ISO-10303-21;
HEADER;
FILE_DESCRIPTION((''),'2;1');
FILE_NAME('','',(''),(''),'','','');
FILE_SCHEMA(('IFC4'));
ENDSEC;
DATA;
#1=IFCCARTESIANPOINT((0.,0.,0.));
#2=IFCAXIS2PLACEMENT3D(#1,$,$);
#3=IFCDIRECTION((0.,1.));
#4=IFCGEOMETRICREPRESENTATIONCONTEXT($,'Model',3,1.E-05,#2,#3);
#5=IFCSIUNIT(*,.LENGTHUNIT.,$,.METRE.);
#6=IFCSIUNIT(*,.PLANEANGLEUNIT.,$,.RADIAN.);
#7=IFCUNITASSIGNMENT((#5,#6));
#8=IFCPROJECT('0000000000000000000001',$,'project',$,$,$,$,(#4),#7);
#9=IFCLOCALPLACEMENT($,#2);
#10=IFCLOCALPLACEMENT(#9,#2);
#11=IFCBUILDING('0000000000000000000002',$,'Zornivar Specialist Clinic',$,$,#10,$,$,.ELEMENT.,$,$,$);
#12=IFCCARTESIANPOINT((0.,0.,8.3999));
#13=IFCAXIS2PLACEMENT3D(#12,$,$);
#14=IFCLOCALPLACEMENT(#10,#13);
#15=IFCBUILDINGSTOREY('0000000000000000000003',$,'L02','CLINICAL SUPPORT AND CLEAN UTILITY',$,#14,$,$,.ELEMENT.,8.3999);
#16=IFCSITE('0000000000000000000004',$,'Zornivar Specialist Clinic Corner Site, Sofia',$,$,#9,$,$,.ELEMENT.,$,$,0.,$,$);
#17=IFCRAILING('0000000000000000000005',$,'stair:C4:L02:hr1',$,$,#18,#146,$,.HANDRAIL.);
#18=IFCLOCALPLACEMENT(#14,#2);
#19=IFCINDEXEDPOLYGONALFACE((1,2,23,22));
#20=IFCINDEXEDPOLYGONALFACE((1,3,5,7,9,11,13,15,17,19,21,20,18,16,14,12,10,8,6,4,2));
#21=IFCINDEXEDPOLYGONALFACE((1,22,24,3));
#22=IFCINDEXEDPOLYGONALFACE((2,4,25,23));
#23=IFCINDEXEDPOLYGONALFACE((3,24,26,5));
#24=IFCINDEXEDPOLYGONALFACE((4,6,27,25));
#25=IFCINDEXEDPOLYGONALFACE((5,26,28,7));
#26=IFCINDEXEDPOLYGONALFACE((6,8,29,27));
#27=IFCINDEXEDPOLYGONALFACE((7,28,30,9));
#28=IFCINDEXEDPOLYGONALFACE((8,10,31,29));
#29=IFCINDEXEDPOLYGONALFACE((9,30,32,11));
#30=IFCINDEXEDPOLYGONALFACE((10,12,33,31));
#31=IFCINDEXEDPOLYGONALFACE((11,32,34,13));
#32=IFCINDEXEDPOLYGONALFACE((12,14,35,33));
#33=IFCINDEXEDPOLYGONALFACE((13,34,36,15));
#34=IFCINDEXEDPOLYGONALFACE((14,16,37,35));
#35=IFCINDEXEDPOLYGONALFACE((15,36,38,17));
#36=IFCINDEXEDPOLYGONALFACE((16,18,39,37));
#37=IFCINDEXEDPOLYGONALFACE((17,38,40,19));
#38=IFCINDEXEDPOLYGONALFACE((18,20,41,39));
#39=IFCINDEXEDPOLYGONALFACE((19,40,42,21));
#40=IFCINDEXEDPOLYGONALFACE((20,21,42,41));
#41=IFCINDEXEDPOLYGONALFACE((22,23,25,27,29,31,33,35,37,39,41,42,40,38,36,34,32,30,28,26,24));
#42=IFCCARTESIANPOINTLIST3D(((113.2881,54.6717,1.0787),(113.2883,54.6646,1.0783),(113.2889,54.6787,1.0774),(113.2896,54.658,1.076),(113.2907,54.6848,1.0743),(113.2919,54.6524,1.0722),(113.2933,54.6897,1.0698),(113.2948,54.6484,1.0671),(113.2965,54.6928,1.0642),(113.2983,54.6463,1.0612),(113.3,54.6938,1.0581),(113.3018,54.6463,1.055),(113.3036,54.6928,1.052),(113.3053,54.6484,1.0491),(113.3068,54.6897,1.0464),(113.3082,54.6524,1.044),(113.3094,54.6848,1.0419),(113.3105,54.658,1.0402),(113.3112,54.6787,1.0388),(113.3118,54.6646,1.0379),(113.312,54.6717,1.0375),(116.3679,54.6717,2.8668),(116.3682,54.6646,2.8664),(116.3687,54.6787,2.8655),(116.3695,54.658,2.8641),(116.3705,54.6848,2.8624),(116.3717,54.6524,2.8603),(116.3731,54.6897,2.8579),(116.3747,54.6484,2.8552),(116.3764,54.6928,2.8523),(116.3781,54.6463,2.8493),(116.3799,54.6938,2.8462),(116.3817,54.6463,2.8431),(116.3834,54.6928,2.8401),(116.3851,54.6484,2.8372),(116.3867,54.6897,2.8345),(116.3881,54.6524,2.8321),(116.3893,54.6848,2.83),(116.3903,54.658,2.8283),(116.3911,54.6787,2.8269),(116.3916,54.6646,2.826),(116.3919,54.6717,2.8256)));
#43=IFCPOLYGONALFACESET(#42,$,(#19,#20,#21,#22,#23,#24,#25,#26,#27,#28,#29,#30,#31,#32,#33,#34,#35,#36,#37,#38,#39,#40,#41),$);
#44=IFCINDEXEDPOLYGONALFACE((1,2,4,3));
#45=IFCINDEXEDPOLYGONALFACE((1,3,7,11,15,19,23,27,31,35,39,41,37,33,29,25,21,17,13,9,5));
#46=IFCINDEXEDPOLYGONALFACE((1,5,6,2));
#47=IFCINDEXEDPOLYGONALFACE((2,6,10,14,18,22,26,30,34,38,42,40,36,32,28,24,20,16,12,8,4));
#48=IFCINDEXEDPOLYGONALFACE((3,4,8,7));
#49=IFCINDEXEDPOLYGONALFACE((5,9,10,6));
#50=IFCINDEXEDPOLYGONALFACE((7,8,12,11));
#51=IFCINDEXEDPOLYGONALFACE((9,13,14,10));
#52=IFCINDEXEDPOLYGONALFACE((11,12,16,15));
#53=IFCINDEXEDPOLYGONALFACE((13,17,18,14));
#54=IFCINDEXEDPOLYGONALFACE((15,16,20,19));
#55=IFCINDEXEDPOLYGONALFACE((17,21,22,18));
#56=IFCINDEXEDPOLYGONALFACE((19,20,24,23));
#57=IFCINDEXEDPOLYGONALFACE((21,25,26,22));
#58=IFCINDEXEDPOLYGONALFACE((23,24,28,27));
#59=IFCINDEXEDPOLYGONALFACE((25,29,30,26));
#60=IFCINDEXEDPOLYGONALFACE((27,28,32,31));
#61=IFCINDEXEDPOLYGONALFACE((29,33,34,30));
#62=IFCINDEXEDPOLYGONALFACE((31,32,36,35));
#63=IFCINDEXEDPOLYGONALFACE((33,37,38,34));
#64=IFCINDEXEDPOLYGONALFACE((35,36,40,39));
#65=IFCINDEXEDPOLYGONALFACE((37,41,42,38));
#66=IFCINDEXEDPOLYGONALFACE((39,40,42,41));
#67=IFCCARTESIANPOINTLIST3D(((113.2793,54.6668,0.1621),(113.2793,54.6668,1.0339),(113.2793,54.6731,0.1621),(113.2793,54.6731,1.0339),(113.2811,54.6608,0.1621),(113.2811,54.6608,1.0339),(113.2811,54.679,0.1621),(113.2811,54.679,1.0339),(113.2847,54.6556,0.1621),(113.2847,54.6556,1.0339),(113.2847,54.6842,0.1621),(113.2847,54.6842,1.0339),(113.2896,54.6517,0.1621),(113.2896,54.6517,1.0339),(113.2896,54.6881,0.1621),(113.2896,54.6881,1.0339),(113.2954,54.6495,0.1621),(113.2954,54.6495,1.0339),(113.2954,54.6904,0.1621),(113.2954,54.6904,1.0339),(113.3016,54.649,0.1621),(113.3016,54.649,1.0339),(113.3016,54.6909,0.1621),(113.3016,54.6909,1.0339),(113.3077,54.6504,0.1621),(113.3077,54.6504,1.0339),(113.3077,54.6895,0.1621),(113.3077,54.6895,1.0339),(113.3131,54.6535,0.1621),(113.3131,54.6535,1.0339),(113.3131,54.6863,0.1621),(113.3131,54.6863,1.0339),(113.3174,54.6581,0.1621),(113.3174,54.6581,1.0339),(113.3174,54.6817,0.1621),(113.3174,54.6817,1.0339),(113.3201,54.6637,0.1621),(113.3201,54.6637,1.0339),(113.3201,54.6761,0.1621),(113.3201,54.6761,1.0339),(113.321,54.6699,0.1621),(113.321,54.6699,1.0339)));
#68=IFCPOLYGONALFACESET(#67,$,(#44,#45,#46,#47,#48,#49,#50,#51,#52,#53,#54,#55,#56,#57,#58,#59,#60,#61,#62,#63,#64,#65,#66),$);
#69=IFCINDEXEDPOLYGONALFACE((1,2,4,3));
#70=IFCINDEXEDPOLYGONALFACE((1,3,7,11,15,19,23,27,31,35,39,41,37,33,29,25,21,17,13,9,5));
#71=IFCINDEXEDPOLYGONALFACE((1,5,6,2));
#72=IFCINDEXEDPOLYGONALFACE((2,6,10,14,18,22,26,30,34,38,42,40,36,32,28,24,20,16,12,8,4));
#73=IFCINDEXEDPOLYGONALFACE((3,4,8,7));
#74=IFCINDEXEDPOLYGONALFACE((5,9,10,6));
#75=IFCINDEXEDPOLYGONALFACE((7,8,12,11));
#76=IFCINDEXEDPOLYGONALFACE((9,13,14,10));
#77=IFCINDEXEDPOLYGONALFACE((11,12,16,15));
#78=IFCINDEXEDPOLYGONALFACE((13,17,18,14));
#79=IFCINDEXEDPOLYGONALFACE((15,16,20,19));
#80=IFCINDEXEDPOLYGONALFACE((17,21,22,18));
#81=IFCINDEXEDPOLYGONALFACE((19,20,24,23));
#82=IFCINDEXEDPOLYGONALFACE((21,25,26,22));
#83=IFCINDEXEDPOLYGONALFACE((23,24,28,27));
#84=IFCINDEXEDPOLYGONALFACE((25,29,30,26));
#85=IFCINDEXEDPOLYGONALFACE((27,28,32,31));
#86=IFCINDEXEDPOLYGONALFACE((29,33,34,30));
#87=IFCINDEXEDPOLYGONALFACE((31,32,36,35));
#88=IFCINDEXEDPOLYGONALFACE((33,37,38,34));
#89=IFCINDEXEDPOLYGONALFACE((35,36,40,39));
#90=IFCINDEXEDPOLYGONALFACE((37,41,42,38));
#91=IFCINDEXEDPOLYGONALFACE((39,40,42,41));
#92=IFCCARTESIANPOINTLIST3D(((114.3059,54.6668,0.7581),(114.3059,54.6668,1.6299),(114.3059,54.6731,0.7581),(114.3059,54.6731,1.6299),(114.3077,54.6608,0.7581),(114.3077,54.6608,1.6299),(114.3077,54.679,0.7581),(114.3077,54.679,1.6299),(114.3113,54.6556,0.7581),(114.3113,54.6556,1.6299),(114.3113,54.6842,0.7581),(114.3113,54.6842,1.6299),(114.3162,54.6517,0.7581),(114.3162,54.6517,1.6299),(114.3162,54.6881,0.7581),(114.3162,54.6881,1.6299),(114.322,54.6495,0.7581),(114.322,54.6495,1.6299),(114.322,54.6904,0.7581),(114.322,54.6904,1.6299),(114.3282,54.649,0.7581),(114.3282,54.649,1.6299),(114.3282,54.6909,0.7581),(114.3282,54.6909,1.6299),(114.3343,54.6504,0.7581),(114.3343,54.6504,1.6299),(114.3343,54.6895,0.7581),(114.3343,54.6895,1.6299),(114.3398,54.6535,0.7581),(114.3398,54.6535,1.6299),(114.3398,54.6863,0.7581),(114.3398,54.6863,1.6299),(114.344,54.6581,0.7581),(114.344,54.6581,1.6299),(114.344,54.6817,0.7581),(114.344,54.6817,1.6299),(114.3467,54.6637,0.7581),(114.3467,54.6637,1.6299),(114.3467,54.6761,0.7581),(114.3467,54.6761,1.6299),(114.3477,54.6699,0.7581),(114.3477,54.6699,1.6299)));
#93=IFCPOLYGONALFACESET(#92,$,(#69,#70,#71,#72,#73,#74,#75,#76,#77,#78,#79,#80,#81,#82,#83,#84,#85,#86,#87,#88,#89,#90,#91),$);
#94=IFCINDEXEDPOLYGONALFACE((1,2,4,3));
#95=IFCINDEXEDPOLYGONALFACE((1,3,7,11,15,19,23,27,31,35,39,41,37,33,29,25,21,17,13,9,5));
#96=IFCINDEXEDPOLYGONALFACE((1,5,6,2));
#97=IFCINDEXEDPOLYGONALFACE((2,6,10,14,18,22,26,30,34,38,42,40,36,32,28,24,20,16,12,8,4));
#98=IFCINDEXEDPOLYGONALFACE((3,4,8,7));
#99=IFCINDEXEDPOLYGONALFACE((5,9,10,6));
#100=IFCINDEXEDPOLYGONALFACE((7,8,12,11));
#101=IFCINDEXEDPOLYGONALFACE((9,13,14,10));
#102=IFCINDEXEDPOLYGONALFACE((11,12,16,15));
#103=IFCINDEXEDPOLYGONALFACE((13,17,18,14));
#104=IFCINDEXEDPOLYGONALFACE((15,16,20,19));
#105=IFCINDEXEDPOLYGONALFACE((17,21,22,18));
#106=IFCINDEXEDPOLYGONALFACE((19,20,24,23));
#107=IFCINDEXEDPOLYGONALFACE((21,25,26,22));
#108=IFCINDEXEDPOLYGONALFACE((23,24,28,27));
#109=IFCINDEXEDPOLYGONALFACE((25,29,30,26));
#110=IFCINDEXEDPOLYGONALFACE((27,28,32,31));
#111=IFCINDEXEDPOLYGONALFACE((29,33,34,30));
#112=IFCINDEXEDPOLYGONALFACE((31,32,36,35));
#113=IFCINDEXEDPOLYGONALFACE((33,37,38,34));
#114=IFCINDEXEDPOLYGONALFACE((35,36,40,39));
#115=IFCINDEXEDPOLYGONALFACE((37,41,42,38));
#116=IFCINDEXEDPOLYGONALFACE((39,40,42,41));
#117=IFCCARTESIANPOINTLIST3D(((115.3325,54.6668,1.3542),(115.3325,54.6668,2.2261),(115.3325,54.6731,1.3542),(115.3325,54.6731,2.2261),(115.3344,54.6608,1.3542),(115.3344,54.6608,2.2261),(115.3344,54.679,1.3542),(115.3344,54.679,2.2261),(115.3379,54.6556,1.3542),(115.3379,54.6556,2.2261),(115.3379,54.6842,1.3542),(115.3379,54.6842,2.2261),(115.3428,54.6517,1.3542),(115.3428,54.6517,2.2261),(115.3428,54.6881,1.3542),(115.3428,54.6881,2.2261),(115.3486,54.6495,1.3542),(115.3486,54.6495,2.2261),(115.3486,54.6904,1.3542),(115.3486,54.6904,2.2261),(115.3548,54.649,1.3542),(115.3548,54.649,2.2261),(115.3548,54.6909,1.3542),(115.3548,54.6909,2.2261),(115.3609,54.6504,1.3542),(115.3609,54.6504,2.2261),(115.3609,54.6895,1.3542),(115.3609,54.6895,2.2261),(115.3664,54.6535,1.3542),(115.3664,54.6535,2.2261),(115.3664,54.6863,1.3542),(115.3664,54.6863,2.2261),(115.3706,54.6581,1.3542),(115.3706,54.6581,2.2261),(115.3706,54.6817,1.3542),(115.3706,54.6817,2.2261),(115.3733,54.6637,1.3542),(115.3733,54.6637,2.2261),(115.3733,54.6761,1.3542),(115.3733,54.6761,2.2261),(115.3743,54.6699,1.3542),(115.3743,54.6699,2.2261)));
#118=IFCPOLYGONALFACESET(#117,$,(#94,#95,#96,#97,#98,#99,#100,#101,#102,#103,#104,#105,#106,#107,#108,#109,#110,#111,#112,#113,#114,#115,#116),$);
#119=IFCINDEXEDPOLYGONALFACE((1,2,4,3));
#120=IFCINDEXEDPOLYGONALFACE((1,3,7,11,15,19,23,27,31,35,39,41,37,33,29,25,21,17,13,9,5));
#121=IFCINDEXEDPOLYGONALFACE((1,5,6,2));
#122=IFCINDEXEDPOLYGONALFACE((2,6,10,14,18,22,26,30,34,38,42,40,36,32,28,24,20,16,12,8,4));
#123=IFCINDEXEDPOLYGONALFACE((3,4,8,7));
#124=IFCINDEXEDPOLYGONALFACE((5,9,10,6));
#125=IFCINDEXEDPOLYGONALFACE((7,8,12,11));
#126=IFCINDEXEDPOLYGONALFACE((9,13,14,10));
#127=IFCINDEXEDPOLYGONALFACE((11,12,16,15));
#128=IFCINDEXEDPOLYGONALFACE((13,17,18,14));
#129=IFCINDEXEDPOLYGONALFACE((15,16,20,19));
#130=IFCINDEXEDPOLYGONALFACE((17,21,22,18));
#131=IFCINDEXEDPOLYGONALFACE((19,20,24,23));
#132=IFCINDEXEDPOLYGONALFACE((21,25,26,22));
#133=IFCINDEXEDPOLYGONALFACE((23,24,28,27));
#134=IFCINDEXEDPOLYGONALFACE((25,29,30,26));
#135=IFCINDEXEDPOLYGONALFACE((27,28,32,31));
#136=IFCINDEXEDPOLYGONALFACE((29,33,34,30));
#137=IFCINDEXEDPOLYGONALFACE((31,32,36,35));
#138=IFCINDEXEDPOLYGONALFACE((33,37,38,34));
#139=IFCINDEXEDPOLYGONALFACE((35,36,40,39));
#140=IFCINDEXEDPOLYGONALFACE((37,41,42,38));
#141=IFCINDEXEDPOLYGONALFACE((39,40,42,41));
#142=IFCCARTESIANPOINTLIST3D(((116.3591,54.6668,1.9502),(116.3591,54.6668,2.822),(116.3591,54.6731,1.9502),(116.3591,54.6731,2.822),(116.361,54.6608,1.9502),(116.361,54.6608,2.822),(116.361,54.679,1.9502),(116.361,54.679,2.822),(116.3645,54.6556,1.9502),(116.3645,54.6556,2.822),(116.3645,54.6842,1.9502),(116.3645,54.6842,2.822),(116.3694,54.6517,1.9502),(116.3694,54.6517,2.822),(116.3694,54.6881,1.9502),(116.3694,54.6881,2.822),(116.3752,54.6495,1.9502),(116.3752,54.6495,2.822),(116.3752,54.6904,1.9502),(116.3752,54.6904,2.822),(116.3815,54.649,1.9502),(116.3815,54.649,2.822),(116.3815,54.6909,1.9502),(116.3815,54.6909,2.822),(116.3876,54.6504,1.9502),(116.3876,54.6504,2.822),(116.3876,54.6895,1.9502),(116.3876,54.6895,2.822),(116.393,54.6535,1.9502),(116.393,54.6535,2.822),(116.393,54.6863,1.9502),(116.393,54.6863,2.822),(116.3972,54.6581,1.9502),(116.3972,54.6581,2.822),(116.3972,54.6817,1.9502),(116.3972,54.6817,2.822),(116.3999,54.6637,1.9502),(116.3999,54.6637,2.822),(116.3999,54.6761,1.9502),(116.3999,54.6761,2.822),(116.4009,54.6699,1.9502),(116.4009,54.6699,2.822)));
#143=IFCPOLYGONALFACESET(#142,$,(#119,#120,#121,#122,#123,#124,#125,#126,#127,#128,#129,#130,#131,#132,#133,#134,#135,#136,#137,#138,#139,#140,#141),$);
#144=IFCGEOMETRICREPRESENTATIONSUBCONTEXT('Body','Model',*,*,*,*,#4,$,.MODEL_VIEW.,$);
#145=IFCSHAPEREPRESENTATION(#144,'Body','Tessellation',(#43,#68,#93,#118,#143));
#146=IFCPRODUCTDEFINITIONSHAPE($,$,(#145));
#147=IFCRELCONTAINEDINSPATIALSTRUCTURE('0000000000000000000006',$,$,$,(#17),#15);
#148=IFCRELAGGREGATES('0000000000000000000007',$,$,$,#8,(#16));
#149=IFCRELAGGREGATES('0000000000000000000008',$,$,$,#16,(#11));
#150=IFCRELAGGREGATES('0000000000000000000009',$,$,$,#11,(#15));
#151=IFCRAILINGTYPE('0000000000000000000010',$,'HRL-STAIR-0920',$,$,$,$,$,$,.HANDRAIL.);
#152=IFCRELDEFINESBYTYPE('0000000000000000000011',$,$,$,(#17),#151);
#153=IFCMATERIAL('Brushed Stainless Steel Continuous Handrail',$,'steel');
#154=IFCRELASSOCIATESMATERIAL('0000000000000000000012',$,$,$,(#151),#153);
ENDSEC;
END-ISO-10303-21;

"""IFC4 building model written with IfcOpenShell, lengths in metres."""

from ifc_helpers import new_model, si_unit, direction, frame, origin, origin_2d, place, context, subcontext, project, spatial, circle, extrude, material, type_object, element, save


model = new_model("IFC4")

# Units and contexts
model_context = context("Model", 3, precision=1e-05, world=origin(), true_north=direction((0.0, 1.0)))
body_context = subcontext(model_context, "Body", "Model", "MODEL_VIEW")
ifc_project = project(units=[si_unit("LENGTHUNIT", "METRE"), si_unit("PLANEANGLEUNIT", "RADIAN")], contexts=[model_context])

# Site, building, storey
site_placement = place(None, origin())
site = spatial("IfcSite", under=ifc_project, at=site_placement, Name="Zornivar Specialist Clinic Corner Site, Sofia", CompositionType="ELEMENT", RefElevation=0.0)
building_placement = place(site_placement, origin())
building = spatial("IfcBuilding", under=site, at=building_placement, Name="Zornivar Specialist Clinic", CompositionType="ELEMENT")
storey_placement = place(building_placement, frame((0.0, 0.0, 8.3999)))
storey = spatial("IfcBuildingStorey", under=building, at=storey_placement, Name="L02", Description="CLINICAL SUPPORT AND CLEAN UTILITY", CompositionType="ELEMENT", Elevation=8.3999)

# Railing
ifc_material_1 = material(Name="Brushed Stainless Steel Continuous Handrail", Category="steel")
railing_type_1 = type_object("IfcRailingType", Name="HRL-STAIR-0920", PredefinedType="HANDRAIL", material=ifc_material_1)
railing_1_placement = place(storey_placement, frame((113.3, 54.6699, 0.1621)))
element("IfcRailing", 1, at=railing_1_placement, inside=storey, type_object=railing_type_1, Name="stair:C4:L02:hr1", PredefinedType="HANDRAIL", context=body_context, shape_type="SweptSolid", body=[
    extrude(circle(Radius=0.0239, at=origin_2d()), frame((0.0, 0.0, 0.896), z_axis=(0.864814, 0.0, 0.502093), x_axis=(0.0, 1.0, 0.0)), (0.0, 0.0, 1.0), 3.5613),
    extrude(circle(Radius=0.021, at=origin_2d()), origin(), (0.0, 0.0, 1.0), 0.8718),
    extrude(circle(Radius=0.021, at=origin_2d()), frame((1.0266, 0.0, 0.5959)), (0.0, 0.0, 1.0), 0.8718),
    extrude(circle(Radius=0.021, at=origin_2d()), frame((2.0532, 0.0, 1.1921)), (0.0, 0.0, 1.0), 0.8718),
    extrude(circle(Radius=0.021, at=origin_2d()), frame((3.0798, 0.0, 1.7881)), (0.0, 0.0, 1.0), 0.8718),
])

save(model, "model.ifc")
